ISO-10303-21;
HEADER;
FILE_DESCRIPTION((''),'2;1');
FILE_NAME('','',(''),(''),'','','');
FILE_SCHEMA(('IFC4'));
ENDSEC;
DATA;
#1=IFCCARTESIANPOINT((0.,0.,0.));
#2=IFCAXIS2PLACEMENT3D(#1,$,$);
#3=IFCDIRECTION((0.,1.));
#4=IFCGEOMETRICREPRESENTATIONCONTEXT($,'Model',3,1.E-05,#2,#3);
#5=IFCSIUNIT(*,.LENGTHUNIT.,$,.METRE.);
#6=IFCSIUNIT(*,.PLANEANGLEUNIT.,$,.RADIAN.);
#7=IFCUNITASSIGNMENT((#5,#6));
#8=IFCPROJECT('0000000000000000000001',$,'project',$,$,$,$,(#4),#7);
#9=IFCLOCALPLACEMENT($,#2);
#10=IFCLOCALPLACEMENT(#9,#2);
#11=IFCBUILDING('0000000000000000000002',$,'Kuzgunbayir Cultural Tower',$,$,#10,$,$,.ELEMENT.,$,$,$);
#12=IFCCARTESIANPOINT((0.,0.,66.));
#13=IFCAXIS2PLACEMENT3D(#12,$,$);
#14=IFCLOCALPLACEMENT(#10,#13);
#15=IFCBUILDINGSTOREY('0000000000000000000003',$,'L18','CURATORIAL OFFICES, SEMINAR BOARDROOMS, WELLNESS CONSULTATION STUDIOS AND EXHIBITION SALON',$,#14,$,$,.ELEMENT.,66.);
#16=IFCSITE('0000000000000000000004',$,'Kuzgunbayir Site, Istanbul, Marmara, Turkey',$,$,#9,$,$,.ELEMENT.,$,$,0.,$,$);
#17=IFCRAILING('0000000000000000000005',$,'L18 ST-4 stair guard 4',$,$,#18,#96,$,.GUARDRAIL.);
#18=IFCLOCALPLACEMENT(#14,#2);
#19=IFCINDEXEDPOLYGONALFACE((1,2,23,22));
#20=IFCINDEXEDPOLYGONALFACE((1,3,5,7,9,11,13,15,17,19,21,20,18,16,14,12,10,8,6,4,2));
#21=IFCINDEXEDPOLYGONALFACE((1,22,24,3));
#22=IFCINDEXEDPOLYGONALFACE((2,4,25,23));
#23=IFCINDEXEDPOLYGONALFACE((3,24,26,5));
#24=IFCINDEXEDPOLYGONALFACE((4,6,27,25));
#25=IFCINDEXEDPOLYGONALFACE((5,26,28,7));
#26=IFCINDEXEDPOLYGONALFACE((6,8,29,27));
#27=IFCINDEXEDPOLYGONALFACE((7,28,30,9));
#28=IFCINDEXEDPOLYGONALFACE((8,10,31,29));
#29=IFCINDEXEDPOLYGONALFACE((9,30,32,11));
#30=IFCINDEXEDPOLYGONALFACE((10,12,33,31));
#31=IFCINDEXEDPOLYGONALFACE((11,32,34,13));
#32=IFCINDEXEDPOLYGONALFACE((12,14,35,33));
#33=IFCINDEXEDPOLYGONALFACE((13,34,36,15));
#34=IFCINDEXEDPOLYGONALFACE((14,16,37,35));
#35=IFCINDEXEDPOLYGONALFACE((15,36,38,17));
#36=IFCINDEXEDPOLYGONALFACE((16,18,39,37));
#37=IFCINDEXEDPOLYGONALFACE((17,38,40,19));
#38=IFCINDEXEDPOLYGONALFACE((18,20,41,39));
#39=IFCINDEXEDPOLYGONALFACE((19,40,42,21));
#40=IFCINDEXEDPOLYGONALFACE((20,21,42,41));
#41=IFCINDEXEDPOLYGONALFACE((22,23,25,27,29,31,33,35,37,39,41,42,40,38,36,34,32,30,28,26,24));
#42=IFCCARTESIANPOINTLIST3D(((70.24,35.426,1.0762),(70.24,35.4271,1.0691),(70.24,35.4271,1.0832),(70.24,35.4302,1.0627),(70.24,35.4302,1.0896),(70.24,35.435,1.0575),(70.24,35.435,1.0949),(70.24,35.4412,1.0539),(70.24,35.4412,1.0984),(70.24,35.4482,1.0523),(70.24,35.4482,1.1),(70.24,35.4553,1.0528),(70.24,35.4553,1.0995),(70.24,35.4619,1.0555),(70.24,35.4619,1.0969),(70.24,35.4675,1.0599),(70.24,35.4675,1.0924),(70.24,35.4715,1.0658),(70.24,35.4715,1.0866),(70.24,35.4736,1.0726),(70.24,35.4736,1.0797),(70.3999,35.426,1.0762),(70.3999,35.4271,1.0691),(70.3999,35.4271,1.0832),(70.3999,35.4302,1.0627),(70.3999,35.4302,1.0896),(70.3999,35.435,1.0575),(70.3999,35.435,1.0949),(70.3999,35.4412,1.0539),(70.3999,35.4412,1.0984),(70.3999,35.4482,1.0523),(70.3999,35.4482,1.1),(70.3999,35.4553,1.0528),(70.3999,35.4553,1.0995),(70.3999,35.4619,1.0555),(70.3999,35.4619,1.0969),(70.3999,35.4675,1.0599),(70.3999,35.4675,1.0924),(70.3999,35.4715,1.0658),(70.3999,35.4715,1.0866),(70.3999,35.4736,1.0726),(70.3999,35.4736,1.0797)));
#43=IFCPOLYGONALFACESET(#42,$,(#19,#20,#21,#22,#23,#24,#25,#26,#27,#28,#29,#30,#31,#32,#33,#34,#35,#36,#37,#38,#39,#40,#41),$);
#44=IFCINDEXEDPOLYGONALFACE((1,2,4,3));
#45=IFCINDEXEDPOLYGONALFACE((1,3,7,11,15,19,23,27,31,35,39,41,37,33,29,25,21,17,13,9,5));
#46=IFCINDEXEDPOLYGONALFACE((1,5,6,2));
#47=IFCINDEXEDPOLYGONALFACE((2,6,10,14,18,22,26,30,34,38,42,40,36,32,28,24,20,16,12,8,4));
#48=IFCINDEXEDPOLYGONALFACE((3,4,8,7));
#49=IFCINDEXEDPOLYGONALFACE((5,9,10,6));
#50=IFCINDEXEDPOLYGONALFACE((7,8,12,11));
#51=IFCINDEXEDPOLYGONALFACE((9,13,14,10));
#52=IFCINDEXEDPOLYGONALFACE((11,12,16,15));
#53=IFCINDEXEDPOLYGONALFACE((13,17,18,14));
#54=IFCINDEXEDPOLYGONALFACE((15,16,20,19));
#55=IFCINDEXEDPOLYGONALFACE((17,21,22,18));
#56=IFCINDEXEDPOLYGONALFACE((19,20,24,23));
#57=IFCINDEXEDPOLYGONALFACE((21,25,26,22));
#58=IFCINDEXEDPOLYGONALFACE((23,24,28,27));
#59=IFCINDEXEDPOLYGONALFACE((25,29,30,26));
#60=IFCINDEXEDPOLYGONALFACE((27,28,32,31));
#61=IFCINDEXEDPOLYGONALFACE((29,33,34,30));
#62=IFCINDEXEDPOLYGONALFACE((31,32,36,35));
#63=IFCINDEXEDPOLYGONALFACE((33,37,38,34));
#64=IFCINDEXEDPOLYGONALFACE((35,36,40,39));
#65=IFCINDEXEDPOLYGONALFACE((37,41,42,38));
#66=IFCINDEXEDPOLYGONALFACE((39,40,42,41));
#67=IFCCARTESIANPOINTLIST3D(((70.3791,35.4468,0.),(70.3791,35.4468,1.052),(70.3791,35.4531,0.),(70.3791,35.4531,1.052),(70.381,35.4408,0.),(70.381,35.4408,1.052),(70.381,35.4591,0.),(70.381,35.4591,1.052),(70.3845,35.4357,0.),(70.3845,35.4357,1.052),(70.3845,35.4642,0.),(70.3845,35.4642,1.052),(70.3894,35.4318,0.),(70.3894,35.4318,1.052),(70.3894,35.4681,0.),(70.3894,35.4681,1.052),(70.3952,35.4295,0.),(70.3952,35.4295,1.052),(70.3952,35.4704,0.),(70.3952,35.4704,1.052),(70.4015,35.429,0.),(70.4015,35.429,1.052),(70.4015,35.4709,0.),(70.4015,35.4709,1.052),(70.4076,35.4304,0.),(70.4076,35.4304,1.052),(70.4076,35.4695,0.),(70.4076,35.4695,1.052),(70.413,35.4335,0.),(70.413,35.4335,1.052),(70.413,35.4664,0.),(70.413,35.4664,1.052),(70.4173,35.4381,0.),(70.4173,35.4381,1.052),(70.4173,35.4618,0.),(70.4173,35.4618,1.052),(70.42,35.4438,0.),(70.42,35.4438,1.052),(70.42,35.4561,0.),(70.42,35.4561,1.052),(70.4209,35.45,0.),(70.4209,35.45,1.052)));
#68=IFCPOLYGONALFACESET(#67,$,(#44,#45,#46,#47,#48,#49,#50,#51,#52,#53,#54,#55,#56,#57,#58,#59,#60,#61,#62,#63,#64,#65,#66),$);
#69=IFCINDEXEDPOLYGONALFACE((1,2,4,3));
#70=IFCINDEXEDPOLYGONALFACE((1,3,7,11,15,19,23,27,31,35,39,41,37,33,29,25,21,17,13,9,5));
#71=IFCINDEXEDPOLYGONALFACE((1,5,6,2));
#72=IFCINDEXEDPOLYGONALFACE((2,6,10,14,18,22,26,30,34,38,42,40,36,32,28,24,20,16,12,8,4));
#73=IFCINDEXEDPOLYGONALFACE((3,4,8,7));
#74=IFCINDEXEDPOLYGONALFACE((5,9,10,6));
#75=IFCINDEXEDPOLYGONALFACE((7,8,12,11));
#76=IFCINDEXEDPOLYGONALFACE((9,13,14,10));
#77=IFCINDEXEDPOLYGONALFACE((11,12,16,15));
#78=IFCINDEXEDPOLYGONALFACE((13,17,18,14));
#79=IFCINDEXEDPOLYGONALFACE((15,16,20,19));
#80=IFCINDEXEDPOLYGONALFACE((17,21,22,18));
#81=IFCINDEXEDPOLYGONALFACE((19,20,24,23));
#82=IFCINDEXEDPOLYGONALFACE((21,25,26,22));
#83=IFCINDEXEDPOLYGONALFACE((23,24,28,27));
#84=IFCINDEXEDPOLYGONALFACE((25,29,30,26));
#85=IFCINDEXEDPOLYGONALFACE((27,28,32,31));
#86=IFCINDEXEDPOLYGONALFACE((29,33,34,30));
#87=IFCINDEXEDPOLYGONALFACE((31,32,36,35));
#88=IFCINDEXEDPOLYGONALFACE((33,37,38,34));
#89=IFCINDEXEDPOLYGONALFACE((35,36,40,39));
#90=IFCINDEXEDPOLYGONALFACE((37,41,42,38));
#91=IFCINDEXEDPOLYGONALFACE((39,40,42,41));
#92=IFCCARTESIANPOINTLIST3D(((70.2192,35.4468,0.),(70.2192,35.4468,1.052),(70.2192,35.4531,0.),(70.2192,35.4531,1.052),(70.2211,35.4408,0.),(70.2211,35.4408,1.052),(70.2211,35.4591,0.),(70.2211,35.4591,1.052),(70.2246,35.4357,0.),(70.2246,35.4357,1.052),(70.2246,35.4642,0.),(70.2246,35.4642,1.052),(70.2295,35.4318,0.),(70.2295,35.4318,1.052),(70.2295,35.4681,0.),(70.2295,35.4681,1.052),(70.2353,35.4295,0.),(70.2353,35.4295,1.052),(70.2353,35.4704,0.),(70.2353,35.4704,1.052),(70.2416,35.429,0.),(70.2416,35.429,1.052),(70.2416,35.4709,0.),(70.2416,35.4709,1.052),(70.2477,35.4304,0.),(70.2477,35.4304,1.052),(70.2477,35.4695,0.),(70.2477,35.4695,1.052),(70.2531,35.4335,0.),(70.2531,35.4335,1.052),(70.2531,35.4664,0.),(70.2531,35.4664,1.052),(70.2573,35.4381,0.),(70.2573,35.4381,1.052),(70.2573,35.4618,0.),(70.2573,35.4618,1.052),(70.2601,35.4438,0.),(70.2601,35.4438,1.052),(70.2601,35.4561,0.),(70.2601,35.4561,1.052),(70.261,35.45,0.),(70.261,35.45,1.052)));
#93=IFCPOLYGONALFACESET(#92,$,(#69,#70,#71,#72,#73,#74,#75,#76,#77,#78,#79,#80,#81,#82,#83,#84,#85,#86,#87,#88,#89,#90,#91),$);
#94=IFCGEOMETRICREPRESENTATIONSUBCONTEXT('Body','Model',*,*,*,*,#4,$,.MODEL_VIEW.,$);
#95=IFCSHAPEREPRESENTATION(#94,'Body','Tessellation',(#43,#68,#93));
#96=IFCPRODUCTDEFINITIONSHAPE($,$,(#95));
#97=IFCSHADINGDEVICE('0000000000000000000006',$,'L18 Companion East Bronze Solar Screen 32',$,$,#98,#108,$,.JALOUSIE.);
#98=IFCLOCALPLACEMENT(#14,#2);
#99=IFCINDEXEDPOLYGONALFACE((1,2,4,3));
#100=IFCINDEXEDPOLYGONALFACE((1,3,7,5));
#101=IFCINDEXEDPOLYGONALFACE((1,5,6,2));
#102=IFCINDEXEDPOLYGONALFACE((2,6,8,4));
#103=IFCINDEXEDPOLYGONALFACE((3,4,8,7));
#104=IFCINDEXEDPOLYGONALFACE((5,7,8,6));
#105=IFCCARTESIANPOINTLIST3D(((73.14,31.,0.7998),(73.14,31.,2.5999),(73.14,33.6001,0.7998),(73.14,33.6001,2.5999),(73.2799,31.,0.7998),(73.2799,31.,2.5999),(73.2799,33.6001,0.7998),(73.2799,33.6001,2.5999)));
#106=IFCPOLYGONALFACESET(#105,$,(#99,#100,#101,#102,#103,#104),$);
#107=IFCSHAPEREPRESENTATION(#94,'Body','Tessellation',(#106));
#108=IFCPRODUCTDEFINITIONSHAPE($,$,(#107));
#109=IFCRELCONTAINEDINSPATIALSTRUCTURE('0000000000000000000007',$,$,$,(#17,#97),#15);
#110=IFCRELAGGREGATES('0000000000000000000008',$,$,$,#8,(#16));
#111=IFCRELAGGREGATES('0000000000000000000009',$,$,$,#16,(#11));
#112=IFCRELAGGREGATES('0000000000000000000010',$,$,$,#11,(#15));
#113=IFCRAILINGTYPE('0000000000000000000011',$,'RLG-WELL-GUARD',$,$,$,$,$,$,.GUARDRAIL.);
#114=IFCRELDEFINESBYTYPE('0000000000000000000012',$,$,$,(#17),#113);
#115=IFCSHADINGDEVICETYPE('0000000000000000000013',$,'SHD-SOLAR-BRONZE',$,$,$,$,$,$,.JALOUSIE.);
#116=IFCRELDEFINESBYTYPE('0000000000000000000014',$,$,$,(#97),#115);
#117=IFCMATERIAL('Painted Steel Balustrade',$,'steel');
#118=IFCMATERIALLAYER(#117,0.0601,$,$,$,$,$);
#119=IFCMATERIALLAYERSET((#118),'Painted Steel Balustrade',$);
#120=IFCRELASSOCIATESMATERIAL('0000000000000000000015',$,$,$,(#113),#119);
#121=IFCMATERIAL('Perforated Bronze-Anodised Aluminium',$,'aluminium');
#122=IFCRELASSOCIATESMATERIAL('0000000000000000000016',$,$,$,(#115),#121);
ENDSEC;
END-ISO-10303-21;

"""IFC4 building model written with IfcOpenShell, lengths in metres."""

from ifc_helpers import new_model, si_unit, direction, frame, origin, origin_2d, place, context, subcontext, project, spatial, rectangle, circle, extrude, material, layer, layer_set, type_object, element, save


model = new_model("IFC4")

# Units and contexts
model_context = context("Model", 3, precision=1e-05, world=origin(), true_north=direction((0.0, 1.0)))
body_context = subcontext(model_context, "Body", "Model", "MODEL_VIEW")
ifc_project = project(units=[si_unit("LENGTHUNIT", "METRE"), si_unit("PLANEANGLEUNIT", "RADIAN")], contexts=[model_context])

# Site, building, storey
site_placement = place(None, origin())
site = spatial("IfcSite", under=ifc_project, at=site_placement, Name="Kuzgunbayir Site, Istanbul, Marmara, Turkey", CompositionType="ELEMENT", RefElevation=0.0)
building_placement = place(site_placement, origin())
building = spatial("IfcBuilding", under=site, at=building_placement, Name="Kuzgunbayir Cultural Tower", CompositionType="ELEMENT")
storey_placement = place(building_placement, frame((0.0, 0.0, 66.0)))
storey = spatial("IfcBuildingStorey", under=building, at=storey_placement, Name="L18", Description="CURATORIAL OFFICES, SEMINAR BOARDROOMS, WELLNESS CONSULTATION STUDIOS AND EXHIBITION SALON", CompositionType="ELEMENT", Elevation=66.0)

# Shared definitions
ifc_material_1 = material(Name="Perforated Bronze-Anodised Aluminium", Category="aluminium")

# Railing
ifc_material_2 = material(Name="Painted Steel Balustrade", Category="steel")
ifc_layer_1 = layer(ifc_material_2, 0.0601)
ifc_layer_set_1 = layer_set([ifc_layer_1], Name="Painted Steel Balustrade")
railing_type = type_object("IfcRailingType", Name="RLG-WELL-GUARD", PredefinedType="GUARDRAIL", material=ifc_layer_set_1)
railing_1_placement = place(storey_placement, frame((70.3999, 35.45, 0.0)))
element("IfcRailing", 1, at=railing_1_placement, inside=storey, type_object=railing_type, Name="L18 ST-4 stair guard 4", PredefinedType="GUARDRAIL", context=body_context, shape_type="SweptSolid", body=[
    extrude(circle(Radius=0.0239, at=origin_2d()), frame((0.0, 0.0, 1.0762), z_axis=(-1.0, 0.0, 0.0), x_axis=(0.0, -1.0, 0.0)), (0.0, 0.0, 1.0), 0.1599),
    extrude(circle(Radius=0.021, at=origin_2d()), origin(), (0.0, 0.0, 1.0), 1.052),
    extrude(circle(Radius=0.021, at=origin_2d()), frame((-0.1599, 0.0, 0.0)), (0.0, 0.0, 1.0), 1.052),
])

# Shading device
shading_device_type = type_object("IfcShadingDeviceType", Name="SHD-SOLAR-BRONZE", PredefinedType="JALOUSIE", material=ifc_material_1)
shading_device_placement = place(storey_placement, frame((73.21, 32.3, 0.7998), z_axis=(0.0, 0.0, 1.0), x_axis=(1.0, 0.0, 0.0)))
element("IfcShadingDevice", 2, at=shading_device_placement, inside=storey, type_object=shading_device_type, Name="L18 Companion East Bronze Solar Screen 32", PredefinedType="JALOUSIE", context=body_context, shape_type="SweptSolid", body=[
    extrude(rectangle(XDim=0.1399, YDim=2.6001, at=origin_2d()), origin(), (0.0, 0.0, 1.0), 1.8),
])

save(model, "model.ifc")
